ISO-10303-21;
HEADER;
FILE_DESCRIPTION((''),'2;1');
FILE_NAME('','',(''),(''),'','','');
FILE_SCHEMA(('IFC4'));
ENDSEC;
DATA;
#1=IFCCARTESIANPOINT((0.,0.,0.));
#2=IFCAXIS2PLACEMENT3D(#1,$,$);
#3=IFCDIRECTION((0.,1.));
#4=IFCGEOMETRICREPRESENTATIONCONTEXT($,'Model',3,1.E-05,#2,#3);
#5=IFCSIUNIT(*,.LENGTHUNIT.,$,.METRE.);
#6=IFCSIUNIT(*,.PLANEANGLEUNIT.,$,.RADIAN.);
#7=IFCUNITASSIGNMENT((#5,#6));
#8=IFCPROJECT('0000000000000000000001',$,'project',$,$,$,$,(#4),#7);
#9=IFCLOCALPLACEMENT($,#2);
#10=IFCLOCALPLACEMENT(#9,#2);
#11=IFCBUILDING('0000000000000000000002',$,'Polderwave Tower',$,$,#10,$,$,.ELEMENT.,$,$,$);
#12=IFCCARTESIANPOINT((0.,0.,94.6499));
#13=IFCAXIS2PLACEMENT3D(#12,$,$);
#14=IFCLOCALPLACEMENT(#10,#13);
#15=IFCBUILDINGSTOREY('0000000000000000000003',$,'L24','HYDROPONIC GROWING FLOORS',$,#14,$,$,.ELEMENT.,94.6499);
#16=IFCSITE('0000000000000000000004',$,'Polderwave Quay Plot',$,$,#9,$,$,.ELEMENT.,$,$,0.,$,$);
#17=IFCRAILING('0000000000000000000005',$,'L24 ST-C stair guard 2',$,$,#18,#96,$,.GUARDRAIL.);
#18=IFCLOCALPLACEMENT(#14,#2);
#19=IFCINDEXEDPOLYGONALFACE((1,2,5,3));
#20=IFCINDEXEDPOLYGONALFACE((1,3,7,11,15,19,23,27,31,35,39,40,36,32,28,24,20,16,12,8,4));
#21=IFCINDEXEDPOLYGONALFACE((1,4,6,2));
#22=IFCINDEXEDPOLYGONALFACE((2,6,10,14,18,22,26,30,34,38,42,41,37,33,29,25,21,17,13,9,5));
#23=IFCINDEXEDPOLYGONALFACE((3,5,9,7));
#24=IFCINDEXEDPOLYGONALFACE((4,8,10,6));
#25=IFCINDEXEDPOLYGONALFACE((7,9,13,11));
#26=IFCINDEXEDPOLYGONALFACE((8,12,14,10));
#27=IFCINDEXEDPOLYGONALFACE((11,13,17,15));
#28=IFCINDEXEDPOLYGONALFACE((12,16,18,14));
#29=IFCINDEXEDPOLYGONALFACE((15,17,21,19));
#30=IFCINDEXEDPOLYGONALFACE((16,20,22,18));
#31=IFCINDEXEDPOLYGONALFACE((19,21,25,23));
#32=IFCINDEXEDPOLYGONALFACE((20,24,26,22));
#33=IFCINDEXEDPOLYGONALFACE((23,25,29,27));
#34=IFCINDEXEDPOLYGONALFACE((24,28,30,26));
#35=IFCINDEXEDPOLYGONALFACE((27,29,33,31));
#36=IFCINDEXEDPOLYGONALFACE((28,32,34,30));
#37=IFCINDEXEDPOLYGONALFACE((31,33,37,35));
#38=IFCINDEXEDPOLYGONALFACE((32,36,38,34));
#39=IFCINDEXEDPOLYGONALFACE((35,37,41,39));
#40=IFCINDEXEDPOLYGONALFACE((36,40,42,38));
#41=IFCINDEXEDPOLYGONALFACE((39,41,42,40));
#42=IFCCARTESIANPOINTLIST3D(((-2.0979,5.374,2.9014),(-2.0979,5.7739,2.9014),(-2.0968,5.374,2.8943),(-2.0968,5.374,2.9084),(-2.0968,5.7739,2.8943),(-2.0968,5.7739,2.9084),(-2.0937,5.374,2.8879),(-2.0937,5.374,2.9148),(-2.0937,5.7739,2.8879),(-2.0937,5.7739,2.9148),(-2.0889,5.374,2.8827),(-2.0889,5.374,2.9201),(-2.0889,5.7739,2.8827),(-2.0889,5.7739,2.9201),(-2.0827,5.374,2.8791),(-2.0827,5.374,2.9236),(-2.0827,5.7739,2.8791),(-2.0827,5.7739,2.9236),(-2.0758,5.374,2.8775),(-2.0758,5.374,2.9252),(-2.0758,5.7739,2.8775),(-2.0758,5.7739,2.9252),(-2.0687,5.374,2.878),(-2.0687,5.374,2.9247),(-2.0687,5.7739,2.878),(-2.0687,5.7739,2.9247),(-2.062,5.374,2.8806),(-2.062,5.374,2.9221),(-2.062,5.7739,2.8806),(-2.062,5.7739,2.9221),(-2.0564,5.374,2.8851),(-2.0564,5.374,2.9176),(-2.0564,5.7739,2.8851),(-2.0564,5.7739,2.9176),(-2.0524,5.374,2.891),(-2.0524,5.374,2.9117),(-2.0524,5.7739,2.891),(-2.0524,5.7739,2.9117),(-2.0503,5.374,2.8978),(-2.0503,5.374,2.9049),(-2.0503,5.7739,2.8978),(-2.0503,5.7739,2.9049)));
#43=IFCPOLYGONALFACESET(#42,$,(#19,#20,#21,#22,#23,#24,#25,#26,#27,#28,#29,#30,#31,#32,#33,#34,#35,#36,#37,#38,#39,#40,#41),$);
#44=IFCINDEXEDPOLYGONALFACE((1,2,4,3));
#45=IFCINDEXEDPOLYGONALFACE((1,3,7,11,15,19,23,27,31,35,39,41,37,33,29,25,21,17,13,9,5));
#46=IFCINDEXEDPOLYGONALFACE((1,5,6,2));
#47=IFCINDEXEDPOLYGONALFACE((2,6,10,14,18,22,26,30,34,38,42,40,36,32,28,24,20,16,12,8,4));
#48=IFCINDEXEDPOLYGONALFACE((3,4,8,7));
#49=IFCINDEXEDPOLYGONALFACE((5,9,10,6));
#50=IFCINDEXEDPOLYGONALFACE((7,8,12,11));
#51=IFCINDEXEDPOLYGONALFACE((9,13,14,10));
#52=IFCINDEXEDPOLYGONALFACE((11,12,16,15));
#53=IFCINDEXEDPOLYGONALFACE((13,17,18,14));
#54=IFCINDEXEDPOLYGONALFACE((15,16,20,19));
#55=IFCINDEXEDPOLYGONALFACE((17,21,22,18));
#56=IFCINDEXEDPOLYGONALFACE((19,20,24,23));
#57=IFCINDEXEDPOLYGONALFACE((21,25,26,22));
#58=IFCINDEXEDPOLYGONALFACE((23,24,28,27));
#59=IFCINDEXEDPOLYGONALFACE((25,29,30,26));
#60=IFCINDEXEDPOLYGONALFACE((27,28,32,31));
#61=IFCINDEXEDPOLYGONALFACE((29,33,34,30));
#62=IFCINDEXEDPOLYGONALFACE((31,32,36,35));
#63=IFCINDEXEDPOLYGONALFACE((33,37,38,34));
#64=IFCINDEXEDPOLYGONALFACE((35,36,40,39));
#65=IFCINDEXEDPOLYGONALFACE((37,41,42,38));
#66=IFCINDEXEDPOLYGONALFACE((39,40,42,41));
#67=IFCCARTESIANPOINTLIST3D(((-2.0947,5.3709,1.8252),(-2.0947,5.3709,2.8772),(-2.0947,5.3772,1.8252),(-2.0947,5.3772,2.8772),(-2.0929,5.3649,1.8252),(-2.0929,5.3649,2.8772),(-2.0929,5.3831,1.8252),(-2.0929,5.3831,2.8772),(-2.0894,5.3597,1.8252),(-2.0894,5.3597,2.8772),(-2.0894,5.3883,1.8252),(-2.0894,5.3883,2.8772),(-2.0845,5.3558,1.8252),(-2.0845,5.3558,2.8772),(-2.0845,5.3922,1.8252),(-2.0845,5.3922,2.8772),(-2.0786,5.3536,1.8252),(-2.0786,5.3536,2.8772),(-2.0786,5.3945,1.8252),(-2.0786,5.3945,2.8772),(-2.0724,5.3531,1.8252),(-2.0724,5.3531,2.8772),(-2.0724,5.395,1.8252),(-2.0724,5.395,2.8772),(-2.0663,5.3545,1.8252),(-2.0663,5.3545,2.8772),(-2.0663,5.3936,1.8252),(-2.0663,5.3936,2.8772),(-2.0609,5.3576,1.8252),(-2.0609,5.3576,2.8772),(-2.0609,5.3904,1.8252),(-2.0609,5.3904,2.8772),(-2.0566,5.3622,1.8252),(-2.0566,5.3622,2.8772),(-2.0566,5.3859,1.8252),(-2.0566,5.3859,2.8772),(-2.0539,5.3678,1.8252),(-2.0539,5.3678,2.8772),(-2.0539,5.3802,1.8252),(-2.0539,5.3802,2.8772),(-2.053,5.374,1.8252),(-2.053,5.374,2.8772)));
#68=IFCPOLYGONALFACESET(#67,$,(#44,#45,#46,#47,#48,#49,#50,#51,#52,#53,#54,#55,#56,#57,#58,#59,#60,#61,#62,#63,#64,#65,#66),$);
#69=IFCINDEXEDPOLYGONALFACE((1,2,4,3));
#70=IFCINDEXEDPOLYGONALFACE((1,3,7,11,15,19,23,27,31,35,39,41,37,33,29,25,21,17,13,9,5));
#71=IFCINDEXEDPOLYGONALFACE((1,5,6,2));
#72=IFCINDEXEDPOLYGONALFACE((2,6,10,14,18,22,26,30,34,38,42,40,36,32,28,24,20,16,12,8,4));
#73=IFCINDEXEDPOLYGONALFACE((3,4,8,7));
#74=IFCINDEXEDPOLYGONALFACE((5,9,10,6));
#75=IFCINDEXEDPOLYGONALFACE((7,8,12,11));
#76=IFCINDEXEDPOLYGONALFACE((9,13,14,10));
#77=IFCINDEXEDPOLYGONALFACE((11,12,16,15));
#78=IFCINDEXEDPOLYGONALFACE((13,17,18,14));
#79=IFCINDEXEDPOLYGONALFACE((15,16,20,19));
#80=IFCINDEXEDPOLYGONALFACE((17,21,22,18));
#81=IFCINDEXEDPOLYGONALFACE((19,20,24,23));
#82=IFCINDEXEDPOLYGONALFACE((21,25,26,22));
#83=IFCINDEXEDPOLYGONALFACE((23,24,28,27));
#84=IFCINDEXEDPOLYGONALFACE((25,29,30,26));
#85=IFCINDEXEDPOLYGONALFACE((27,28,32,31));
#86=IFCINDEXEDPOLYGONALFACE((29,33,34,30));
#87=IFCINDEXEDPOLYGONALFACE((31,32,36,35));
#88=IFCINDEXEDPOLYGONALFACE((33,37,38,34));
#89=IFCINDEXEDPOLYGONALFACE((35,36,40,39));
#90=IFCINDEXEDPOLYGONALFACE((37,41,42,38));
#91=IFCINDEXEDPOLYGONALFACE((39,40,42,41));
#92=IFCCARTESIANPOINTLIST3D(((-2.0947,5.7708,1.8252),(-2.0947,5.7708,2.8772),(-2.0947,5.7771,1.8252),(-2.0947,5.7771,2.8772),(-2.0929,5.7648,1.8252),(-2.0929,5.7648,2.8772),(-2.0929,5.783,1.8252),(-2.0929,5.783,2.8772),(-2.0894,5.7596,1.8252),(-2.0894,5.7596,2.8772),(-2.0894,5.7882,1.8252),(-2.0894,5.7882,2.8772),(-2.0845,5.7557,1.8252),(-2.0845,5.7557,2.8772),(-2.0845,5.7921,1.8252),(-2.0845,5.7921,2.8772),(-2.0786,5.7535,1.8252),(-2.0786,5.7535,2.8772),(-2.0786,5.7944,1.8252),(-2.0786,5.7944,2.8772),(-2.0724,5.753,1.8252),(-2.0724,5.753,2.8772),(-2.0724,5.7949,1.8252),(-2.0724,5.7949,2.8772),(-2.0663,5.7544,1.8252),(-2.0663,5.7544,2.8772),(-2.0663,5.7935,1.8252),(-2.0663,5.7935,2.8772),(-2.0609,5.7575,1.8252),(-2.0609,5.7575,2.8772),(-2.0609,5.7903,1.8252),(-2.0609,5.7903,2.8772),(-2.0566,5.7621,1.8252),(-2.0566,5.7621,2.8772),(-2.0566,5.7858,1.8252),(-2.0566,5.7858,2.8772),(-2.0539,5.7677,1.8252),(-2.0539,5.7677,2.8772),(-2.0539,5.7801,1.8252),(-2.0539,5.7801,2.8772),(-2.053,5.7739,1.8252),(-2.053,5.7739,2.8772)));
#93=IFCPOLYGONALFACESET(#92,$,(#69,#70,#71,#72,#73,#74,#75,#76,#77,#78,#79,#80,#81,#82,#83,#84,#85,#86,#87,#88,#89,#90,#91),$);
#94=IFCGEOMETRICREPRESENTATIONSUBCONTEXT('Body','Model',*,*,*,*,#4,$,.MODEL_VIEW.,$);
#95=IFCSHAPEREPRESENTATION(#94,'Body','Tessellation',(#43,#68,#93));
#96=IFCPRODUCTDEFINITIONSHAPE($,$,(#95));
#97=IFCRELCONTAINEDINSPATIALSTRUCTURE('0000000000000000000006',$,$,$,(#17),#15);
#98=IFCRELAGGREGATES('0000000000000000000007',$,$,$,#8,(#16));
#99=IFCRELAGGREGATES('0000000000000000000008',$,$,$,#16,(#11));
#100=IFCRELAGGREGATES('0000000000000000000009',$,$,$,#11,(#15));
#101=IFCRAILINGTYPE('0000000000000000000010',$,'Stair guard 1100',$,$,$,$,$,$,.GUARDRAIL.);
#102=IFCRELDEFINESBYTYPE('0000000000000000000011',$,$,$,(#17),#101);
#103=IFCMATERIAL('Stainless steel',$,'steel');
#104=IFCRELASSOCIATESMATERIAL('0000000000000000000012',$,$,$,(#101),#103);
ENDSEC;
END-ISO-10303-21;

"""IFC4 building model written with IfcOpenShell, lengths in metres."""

from ifc_helpers import new_model, si_unit, direction, frame, origin, origin_2d, place, context, subcontext, project, spatial, circle, extrude, material, type_object, element, save


model = new_model("IFC4")

# Units and contexts
model_context = context("Model", 3, precision=1e-05, world=origin(), true_north=direction((0.0, 1.0)))
body_context = subcontext(model_context, "Body", "Model", "MODEL_VIEW")
ifc_project = project(units=[si_unit("LENGTHUNIT", "METRE"), si_unit("PLANEANGLEUNIT", "RADIAN")], contexts=[model_context])

# Site, building, storey
site_placement = place(None, origin())
site = spatial("IfcSite", under=ifc_project, at=site_placement, Name="Polderwave Quay Plot", CompositionType="ELEMENT", RefElevation=0.0)
building_placement = place(site_placement, origin())
building = spatial("IfcBuilding", under=site, at=building_placement, Name="Polderwave Tower", CompositionType="ELEMENT")
storey_placement = place(building_placement, frame((0.0, 0.0, 94.6499)))
storey = spatial("IfcBuildingStorey", under=building, at=storey_placement, Name="L24", Description="HYDROPONIC GROWING FLOORS", CompositionType="ELEMENT", Elevation=94.6499)

# Railing
ifc_material_1 = material(Name="Stainless steel", Category="steel")
railing_type_1 = type_object("IfcRailingType", Name="Stair guard 1100", PredefinedType="GUARDRAIL", material=ifc_material_1)
railing_1_placement = place(storey_placement, frame((-2.074, 5.374, 1.8252)))
element("IfcRailing", 1, at=railing_1_placement, inside=storey, type_object=railing_type_1, Name="L24 ST-C stair guard 2", PredefinedType="GUARDRAIL", context=body_context, shape_type="SweptSolid", body=[
    extrude(circle(Radius=0.0239, at=origin_2d()), frame((0.0, 0.0, 1.0762), z_axis=(0.0, 1.0, 0.0), x_axis=(-1.0, 0.0, 0.0)), (0.0, 0.0, 1.0), 0.3999),
    extrude(circle(Radius=0.021, at=origin_2d()), origin(), (0.0, 0.0, 1.0), 1.052),
    extrude(circle(Radius=0.021, at=origin_2d()), frame((0.0, 0.3999, 0.0)), (0.0, 0.0, 1.0), 1.052),
])

save(model, "model.ifc")
